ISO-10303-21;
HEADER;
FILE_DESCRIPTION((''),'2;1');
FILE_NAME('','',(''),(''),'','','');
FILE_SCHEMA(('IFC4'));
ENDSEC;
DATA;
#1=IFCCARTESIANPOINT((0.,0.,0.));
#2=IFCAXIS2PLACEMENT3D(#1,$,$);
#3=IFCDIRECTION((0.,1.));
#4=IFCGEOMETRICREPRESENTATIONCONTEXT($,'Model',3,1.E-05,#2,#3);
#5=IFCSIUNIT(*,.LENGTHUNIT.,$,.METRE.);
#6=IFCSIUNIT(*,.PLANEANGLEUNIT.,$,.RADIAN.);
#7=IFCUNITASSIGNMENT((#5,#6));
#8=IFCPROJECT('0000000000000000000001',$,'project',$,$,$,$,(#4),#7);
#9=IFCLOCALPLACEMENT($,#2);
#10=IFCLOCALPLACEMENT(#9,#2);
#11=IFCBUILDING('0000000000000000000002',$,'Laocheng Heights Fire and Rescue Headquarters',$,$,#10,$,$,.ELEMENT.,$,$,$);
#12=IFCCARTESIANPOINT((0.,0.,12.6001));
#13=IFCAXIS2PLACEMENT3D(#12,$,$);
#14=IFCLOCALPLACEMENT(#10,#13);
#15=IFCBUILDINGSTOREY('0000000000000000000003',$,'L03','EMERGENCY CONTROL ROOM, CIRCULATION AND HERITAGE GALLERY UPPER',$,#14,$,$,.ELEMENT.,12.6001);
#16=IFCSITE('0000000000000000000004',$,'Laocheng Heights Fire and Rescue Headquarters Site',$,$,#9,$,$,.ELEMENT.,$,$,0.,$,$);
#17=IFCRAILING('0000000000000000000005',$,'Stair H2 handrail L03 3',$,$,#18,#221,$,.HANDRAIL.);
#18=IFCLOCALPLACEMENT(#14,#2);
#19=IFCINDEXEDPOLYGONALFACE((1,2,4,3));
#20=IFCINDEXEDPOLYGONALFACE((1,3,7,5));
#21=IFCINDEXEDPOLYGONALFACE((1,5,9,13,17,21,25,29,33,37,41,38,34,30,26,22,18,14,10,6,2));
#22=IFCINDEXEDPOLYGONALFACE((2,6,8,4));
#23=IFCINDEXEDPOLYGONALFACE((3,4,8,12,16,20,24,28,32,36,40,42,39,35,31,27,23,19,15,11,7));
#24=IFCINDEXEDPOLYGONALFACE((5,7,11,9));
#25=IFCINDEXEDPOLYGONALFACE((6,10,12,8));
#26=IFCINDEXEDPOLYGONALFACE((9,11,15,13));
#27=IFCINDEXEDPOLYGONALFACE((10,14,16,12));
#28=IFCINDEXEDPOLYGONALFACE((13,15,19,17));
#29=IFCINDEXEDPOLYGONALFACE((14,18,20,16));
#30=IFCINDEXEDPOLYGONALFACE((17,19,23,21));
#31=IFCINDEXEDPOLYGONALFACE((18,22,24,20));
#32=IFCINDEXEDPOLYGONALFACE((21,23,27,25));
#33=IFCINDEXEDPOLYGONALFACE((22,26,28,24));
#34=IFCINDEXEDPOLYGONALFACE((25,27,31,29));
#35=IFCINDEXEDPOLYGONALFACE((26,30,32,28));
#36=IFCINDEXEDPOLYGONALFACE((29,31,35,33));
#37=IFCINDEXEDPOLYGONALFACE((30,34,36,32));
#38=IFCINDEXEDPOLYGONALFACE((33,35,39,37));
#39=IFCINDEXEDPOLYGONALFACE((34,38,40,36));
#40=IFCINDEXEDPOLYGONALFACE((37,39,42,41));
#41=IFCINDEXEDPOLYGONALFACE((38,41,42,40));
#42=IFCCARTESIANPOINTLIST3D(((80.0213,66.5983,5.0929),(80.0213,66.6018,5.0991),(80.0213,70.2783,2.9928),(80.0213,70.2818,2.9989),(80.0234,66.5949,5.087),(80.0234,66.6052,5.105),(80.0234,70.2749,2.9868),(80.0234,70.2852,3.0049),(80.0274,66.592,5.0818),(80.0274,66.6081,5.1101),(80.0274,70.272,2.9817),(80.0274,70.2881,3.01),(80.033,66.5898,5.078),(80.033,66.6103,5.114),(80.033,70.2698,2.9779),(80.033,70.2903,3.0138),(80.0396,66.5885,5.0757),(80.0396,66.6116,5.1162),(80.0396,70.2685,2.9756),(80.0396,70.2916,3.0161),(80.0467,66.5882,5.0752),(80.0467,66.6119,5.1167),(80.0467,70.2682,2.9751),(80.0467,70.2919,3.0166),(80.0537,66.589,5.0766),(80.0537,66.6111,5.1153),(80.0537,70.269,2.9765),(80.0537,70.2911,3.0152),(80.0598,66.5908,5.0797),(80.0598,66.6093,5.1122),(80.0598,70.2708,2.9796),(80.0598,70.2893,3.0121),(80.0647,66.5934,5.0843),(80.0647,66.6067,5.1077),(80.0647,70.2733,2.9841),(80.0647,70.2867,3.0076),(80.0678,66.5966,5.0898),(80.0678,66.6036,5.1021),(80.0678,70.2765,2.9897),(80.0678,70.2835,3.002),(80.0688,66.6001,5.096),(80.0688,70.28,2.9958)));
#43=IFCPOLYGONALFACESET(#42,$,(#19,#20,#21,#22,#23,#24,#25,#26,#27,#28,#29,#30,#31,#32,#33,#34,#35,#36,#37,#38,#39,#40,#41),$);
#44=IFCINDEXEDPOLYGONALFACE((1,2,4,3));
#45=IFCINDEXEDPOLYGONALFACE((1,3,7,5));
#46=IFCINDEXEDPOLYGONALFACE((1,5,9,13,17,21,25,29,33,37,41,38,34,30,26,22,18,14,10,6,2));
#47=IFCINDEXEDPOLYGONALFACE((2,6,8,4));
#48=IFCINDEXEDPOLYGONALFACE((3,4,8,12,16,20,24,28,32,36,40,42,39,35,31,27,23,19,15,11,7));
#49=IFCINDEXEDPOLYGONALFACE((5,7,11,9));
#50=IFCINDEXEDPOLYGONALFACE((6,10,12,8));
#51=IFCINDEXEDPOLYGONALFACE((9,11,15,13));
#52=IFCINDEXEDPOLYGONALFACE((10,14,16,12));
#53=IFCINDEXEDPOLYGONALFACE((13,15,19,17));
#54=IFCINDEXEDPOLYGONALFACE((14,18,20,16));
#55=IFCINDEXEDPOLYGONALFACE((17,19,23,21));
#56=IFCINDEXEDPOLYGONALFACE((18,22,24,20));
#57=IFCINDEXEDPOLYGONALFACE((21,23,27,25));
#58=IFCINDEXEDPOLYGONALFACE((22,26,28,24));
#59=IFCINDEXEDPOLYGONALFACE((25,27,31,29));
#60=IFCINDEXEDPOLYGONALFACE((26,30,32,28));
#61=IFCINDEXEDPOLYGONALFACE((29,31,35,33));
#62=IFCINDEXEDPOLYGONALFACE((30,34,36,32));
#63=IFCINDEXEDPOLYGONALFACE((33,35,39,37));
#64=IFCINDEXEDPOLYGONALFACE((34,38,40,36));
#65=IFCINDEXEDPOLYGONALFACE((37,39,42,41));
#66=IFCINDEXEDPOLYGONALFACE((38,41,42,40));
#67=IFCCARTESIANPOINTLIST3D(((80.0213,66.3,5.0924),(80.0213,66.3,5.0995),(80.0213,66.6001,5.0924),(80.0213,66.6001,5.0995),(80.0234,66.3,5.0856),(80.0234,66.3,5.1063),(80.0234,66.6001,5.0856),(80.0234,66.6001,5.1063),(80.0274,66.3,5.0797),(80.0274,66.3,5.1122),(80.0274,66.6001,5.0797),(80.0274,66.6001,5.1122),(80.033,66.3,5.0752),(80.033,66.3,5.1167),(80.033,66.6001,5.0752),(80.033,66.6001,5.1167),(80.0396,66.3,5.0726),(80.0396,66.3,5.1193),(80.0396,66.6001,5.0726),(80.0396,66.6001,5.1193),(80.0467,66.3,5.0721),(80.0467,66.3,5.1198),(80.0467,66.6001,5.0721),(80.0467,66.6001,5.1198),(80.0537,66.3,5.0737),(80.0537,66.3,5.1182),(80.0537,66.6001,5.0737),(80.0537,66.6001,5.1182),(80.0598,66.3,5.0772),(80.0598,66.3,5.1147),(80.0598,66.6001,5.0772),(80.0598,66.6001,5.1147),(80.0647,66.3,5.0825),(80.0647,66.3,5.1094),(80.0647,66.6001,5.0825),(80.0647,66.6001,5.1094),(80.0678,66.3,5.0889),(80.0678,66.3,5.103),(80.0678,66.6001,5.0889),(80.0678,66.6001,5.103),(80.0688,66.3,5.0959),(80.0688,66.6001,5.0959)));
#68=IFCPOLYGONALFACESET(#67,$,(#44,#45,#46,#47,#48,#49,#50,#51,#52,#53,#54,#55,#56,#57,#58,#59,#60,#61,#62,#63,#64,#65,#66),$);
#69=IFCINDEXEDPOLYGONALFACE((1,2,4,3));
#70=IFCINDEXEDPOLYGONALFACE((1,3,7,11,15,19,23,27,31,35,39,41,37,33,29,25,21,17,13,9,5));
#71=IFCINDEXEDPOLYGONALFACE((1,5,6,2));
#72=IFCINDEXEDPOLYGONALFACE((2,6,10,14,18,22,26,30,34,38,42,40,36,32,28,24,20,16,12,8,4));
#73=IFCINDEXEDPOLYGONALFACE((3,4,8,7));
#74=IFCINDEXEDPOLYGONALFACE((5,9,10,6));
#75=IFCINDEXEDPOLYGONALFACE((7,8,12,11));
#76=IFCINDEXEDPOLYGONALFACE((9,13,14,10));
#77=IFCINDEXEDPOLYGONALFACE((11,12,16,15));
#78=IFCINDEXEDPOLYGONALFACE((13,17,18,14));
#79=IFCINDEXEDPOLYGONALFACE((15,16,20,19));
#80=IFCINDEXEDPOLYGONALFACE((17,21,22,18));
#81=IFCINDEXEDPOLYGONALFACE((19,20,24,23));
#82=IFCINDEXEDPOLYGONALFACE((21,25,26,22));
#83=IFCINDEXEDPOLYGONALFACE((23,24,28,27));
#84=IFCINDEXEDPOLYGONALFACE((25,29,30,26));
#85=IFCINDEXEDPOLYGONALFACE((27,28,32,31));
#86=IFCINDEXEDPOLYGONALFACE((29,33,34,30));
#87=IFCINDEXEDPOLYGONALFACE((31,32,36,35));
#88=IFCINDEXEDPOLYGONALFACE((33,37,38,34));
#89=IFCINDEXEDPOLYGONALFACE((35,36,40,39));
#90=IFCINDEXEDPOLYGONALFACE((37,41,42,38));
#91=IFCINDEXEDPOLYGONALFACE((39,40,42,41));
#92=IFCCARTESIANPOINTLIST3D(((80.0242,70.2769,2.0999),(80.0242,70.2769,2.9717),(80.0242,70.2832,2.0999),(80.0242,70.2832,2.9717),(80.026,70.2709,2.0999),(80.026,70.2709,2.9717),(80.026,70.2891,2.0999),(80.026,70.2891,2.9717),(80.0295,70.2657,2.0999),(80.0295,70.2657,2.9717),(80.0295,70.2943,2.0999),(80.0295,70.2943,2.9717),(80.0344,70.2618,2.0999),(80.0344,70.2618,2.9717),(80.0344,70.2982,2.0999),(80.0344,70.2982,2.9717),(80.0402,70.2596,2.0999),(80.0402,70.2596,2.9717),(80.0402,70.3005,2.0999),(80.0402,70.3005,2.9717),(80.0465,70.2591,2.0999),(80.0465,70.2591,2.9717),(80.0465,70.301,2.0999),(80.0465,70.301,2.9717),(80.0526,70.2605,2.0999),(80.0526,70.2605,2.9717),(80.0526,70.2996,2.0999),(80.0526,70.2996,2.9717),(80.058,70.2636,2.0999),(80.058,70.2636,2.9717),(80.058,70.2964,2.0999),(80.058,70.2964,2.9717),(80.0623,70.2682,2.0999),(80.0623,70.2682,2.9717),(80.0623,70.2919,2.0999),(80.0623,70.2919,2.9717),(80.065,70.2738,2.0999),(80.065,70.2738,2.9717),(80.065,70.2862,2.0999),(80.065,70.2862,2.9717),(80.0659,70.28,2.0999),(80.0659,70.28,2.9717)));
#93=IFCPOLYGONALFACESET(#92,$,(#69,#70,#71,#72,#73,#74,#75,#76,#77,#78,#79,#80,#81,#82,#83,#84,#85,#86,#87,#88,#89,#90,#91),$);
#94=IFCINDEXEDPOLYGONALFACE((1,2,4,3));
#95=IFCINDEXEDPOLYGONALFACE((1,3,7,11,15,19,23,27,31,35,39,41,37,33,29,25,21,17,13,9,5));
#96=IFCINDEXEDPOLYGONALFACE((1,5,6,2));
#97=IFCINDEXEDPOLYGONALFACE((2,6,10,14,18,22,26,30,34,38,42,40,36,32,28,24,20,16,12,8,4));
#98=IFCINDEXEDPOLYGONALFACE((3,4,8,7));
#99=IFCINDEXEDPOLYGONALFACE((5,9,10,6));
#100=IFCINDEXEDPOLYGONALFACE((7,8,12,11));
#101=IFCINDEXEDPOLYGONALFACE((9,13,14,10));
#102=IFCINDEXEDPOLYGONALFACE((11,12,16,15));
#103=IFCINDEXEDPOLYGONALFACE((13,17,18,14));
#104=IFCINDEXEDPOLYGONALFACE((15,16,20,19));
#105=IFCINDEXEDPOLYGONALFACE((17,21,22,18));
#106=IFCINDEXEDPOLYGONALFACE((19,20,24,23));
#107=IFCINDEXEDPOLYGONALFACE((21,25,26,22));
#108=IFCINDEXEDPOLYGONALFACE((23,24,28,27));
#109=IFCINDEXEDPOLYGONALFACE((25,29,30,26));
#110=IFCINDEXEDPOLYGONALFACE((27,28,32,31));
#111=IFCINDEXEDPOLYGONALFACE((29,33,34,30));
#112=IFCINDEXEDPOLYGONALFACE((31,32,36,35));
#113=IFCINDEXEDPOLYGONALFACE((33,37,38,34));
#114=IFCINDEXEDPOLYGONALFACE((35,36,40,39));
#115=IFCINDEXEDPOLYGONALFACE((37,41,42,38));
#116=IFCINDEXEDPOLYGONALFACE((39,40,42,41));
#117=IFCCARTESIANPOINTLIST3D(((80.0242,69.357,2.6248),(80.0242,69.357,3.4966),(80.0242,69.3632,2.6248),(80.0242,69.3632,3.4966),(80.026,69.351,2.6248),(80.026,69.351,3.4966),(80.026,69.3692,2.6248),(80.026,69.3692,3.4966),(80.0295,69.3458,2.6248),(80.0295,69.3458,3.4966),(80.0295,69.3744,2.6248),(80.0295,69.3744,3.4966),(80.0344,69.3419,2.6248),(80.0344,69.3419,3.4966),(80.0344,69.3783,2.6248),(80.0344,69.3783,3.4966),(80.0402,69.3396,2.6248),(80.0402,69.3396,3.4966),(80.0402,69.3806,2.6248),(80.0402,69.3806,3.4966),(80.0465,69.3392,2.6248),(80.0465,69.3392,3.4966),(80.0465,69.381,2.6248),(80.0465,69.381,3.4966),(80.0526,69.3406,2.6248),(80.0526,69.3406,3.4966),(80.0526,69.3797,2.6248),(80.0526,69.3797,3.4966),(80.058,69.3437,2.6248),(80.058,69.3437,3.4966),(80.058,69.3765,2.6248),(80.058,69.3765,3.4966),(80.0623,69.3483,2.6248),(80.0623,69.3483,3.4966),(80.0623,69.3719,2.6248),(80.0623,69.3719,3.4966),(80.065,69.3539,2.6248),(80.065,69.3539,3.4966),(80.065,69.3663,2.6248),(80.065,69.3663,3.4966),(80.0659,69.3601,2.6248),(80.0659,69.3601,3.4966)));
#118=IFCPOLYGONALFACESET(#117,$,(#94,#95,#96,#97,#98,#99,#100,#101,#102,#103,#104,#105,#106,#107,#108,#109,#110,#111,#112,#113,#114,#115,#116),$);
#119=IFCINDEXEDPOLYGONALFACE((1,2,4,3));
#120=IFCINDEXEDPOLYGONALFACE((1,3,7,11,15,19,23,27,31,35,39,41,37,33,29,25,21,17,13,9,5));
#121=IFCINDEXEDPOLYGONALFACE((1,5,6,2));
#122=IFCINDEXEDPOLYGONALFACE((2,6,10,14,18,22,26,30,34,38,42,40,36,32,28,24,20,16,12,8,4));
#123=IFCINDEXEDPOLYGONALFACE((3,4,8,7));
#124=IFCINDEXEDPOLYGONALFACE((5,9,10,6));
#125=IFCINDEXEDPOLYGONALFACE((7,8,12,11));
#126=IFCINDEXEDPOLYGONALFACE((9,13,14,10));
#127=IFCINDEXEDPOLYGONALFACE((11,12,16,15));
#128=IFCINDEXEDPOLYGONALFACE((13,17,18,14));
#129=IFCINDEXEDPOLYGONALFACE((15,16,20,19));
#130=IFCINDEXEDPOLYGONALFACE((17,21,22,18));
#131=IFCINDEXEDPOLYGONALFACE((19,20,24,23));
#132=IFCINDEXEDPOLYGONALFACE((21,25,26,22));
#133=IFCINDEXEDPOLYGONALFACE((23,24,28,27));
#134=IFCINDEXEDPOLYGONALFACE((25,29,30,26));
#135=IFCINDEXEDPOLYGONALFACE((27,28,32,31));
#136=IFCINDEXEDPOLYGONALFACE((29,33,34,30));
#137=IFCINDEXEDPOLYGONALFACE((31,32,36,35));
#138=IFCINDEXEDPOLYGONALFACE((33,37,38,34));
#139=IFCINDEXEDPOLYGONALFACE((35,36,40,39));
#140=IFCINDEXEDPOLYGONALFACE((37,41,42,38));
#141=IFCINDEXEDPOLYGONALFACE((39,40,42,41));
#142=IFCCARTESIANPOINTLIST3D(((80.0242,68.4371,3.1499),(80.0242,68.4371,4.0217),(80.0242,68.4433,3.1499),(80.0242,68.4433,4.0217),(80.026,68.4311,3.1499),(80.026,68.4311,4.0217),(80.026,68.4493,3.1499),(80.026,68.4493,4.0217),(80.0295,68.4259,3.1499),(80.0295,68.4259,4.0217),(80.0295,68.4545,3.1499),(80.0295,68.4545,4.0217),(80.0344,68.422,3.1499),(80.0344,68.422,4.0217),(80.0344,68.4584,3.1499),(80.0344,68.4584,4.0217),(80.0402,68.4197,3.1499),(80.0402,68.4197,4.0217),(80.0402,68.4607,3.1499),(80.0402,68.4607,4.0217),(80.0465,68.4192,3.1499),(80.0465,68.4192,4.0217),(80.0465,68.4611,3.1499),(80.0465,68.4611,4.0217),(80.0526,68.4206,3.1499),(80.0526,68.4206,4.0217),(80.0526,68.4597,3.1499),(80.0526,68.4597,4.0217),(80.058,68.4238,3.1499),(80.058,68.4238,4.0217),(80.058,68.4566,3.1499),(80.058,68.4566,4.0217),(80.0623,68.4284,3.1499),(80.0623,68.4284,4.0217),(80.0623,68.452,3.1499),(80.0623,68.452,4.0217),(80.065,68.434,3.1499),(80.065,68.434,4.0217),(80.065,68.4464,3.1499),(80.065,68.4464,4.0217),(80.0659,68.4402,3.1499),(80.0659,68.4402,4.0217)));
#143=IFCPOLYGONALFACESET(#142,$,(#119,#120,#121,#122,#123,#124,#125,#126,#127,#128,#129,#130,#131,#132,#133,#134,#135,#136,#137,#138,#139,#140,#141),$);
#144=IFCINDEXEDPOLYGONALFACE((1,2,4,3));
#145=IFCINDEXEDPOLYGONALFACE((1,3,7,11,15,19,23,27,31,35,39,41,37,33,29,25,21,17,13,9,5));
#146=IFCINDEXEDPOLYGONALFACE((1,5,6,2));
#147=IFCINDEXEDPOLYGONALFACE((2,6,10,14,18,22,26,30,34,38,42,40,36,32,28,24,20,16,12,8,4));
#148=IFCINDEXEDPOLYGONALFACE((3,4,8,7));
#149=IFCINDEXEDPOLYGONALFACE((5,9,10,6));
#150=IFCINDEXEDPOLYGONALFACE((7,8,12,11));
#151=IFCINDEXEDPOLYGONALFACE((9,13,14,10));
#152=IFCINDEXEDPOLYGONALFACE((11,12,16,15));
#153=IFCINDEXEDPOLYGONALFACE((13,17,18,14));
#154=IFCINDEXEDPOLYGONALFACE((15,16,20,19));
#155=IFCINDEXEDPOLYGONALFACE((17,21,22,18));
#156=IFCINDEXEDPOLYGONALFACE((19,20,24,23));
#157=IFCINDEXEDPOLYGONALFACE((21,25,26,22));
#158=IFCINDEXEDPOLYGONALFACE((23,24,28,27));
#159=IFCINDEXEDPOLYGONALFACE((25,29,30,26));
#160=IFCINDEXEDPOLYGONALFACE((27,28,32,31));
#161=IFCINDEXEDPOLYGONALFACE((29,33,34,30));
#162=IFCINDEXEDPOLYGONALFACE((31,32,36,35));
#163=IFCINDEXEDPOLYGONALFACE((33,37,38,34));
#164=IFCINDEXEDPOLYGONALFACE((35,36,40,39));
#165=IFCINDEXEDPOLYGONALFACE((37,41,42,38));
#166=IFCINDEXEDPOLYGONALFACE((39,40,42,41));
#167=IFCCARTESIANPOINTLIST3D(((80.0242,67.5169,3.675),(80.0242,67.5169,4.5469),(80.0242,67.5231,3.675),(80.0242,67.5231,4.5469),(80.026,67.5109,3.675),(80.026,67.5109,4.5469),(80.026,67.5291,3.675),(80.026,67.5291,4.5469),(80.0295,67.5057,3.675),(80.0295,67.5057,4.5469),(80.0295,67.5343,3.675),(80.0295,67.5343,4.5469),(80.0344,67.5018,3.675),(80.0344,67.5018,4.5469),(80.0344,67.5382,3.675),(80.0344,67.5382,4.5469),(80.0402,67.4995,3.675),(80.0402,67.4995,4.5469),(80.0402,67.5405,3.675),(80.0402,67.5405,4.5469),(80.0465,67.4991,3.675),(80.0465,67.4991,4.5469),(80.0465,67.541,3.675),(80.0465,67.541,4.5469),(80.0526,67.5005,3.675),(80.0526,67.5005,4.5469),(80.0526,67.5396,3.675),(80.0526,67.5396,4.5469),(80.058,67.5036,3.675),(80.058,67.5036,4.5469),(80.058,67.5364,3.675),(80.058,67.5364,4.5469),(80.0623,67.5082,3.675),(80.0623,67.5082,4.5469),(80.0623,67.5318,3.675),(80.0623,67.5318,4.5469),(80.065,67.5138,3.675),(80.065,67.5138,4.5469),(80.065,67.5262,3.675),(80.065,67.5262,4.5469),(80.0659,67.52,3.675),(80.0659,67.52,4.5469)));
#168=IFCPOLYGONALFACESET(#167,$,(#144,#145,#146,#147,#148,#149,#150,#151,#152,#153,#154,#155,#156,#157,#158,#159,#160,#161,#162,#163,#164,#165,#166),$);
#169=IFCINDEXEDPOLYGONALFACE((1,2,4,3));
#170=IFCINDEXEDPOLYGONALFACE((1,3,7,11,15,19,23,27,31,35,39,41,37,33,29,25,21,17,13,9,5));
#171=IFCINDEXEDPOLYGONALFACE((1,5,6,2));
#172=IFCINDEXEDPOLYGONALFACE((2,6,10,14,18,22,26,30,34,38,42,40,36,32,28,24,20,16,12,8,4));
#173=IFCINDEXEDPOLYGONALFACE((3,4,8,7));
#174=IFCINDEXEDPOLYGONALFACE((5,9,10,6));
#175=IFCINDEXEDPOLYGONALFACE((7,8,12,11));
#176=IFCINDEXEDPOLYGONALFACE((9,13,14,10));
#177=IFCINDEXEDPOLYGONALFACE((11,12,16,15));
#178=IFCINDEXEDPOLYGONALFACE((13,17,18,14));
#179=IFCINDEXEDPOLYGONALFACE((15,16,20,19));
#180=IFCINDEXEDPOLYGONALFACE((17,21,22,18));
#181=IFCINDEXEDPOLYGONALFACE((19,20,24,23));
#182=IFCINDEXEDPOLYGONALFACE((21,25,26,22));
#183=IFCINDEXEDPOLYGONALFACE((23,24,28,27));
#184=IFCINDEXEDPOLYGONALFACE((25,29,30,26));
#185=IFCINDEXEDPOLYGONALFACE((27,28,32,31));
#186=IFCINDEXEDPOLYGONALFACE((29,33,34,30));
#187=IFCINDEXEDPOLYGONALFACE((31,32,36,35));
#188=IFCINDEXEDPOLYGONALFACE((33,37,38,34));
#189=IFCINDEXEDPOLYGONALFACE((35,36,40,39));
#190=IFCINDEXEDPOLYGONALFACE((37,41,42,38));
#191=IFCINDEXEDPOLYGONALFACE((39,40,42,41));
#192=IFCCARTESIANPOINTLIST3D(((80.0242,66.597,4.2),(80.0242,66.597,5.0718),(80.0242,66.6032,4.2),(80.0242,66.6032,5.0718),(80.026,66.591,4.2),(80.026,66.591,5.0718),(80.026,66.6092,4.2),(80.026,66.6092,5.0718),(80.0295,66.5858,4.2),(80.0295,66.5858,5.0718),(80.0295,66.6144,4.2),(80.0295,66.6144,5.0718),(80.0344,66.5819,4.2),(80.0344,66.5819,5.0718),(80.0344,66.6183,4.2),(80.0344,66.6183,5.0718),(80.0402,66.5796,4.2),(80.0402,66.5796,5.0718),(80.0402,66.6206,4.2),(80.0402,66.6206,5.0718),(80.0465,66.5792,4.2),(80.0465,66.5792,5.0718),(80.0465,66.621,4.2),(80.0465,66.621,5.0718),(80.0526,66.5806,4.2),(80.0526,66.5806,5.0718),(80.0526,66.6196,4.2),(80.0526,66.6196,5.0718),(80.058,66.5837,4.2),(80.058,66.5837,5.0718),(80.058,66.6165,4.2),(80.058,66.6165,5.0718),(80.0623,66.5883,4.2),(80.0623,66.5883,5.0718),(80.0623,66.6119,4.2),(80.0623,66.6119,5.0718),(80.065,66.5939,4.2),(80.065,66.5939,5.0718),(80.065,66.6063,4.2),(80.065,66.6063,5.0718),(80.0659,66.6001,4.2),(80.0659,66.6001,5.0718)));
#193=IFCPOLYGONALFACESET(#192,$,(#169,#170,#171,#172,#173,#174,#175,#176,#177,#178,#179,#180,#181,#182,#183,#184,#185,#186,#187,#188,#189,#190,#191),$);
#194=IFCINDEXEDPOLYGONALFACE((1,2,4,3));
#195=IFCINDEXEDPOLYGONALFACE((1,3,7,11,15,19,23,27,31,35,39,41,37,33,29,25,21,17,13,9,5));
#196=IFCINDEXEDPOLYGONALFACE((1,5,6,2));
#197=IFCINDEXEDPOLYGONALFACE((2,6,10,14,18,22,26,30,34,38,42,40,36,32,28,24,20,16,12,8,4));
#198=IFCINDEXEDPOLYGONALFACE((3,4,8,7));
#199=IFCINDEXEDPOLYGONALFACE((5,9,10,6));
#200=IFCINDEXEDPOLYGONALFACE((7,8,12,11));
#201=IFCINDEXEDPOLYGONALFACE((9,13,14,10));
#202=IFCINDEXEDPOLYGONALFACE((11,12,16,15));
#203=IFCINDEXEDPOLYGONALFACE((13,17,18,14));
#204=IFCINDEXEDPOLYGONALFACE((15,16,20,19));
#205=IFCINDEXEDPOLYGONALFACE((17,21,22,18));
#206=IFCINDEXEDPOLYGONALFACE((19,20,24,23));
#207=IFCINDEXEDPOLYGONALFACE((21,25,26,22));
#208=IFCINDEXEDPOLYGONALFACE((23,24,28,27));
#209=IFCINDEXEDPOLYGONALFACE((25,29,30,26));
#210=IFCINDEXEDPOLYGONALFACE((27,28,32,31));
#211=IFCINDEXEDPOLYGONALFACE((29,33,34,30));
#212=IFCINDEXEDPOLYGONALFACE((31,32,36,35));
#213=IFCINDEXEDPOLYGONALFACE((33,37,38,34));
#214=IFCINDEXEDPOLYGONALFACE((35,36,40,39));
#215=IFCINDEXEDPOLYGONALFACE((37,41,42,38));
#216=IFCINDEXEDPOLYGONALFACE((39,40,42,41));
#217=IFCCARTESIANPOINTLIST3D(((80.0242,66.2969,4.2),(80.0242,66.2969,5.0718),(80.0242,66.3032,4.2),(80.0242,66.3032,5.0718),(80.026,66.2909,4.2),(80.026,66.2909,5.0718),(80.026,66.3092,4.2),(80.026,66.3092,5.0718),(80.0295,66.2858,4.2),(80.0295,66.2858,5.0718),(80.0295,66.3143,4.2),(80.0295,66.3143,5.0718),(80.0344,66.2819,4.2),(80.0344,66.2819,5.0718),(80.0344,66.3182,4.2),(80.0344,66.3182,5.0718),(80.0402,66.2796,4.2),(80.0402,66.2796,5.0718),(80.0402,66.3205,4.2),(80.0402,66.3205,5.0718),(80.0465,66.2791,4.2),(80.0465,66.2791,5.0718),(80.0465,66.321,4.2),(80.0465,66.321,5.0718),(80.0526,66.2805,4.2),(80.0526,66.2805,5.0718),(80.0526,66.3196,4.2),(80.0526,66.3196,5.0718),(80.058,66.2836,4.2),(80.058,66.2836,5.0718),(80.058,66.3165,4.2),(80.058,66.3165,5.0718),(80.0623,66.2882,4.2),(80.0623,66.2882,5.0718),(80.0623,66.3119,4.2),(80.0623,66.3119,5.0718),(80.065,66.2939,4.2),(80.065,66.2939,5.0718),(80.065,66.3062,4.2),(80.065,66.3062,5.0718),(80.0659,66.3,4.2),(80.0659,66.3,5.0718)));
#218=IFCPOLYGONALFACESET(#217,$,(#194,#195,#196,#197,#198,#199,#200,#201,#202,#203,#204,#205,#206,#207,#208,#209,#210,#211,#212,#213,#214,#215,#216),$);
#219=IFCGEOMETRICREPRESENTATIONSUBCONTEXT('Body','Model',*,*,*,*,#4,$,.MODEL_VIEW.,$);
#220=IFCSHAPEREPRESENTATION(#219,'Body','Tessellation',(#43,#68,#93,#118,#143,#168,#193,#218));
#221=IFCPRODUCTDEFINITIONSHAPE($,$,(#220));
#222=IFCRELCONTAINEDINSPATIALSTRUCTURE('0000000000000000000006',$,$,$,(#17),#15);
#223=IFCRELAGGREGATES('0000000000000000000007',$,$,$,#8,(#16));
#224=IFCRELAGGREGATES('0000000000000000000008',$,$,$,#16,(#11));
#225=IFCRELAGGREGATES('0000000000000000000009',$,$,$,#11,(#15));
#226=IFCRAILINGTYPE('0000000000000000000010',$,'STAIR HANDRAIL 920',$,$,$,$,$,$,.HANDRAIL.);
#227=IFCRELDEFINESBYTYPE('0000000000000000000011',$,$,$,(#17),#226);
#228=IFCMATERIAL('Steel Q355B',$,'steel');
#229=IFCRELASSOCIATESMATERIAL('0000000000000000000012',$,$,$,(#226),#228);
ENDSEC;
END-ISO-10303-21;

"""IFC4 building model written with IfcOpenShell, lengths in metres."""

from ifc_helpers import new_model, si_unit, direction, frame, origin, origin_2d, place, context, subcontext, project, spatial, circle, extrude, material, type_object, element, save


model = new_model("IFC4")

# Units and contexts
model_context = context("Model", 3, precision=1e-05, world=origin(), true_north=direction((0.0, 1.0)))
body_context = subcontext(model_context, "Body", "Model", "MODEL_VIEW")
ifc_project = project(units=[si_unit("LENGTHUNIT", "METRE"), si_unit("PLANEANGLEUNIT", "RADIAN")], contexts=[model_context])

# Site, building, storey
site_placement = place(None, origin())
site = spatial("IfcSite", under=ifc_project, at=site_placement, Name="Laocheng Heights Fire and Rescue Headquarters Site", CompositionType="ELEMENT", RefElevation=0.0)
building_placement = place(site_placement, origin())
building = spatial("IfcBuilding", under=site, at=building_placement, Name="Laocheng Heights Fire and Rescue Headquarters", CompositionType="ELEMENT")
storey_placement = place(building_placement, frame((0.0, 0.0, 12.6001)))
storey = spatial("IfcBuildingStorey", under=building, at=storey_placement, Name="L03", Description="EMERGENCY CONTROL ROOM, CIRCULATION AND HERITAGE GALLERY UPPER", CompositionType="ELEMENT", Elevation=12.6001)

# Railing
ifc_material_1 = material(Name="Steel Q355B", Category="steel")
railing_type_1 = type_object("IfcRailingType", Name="STAIR HANDRAIL 920", PredefinedType="HANDRAIL", material=ifc_material_1)
railing_1_placement = place(storey_placement, frame((80.0449, 70.28, 2.0999)))
element("IfcRailing", 1, at=railing_1_placement, inside=storey, type_object=railing_type_1, Name="Stair H2 handrail L03 3", PredefinedType="HANDRAIL", context=body_context, shape_type="SweptSolid", body=[
    extrude(circle(Radius=0.0239, at=origin_2d()), frame((0.0, 0.0, 0.896), z_axis=(0.0, -0.86852, 0.495655), x_axis=(1.0, 0.0, 0.0)), (0.0, 0.0, 1.0), 4.2371),
    extrude(circle(Radius=0.0239, at=origin_2d()), frame((0.0, -3.6799, 2.9961), z_axis=(0.0, -1.0, 0.0), x_axis=(1.0, 0.0, 0.0)), (0.0, 0.0, 1.0), 0.3),
    extrude(circle(Radius=0.021, at=origin_2d()), origin(), (0.0, 0.0, 1.0), 0.8718),
    extrude(circle(Radius=0.021, at=origin_2d()), frame((0.0, -0.9199, 0.5249)), (0.0, 0.0, 1.0), 0.8718),
    extrude(circle(Radius=0.021, at=origin_2d()), frame((0.0, -1.8398, 1.05)), (0.0, 0.0, 1.0), 0.8718),
    extrude(circle(Radius=0.021, at=origin_2d()), frame((0.0, -2.76, 1.5752)), (0.0, 0.0, 1.0), 0.8718),
    extrude(circle(Radius=0.021, at=origin_2d()), frame((0.0, -3.6799, 2.1001)), (0.0, 0.0, 1.0), 0.8718),
    extrude(circle(Radius=0.021, at=origin_2d()), frame((0.0, -3.98, 2.1001)), (0.0, 0.0, 1.0), 0.8718),
])

save(model, "model.ifc")
